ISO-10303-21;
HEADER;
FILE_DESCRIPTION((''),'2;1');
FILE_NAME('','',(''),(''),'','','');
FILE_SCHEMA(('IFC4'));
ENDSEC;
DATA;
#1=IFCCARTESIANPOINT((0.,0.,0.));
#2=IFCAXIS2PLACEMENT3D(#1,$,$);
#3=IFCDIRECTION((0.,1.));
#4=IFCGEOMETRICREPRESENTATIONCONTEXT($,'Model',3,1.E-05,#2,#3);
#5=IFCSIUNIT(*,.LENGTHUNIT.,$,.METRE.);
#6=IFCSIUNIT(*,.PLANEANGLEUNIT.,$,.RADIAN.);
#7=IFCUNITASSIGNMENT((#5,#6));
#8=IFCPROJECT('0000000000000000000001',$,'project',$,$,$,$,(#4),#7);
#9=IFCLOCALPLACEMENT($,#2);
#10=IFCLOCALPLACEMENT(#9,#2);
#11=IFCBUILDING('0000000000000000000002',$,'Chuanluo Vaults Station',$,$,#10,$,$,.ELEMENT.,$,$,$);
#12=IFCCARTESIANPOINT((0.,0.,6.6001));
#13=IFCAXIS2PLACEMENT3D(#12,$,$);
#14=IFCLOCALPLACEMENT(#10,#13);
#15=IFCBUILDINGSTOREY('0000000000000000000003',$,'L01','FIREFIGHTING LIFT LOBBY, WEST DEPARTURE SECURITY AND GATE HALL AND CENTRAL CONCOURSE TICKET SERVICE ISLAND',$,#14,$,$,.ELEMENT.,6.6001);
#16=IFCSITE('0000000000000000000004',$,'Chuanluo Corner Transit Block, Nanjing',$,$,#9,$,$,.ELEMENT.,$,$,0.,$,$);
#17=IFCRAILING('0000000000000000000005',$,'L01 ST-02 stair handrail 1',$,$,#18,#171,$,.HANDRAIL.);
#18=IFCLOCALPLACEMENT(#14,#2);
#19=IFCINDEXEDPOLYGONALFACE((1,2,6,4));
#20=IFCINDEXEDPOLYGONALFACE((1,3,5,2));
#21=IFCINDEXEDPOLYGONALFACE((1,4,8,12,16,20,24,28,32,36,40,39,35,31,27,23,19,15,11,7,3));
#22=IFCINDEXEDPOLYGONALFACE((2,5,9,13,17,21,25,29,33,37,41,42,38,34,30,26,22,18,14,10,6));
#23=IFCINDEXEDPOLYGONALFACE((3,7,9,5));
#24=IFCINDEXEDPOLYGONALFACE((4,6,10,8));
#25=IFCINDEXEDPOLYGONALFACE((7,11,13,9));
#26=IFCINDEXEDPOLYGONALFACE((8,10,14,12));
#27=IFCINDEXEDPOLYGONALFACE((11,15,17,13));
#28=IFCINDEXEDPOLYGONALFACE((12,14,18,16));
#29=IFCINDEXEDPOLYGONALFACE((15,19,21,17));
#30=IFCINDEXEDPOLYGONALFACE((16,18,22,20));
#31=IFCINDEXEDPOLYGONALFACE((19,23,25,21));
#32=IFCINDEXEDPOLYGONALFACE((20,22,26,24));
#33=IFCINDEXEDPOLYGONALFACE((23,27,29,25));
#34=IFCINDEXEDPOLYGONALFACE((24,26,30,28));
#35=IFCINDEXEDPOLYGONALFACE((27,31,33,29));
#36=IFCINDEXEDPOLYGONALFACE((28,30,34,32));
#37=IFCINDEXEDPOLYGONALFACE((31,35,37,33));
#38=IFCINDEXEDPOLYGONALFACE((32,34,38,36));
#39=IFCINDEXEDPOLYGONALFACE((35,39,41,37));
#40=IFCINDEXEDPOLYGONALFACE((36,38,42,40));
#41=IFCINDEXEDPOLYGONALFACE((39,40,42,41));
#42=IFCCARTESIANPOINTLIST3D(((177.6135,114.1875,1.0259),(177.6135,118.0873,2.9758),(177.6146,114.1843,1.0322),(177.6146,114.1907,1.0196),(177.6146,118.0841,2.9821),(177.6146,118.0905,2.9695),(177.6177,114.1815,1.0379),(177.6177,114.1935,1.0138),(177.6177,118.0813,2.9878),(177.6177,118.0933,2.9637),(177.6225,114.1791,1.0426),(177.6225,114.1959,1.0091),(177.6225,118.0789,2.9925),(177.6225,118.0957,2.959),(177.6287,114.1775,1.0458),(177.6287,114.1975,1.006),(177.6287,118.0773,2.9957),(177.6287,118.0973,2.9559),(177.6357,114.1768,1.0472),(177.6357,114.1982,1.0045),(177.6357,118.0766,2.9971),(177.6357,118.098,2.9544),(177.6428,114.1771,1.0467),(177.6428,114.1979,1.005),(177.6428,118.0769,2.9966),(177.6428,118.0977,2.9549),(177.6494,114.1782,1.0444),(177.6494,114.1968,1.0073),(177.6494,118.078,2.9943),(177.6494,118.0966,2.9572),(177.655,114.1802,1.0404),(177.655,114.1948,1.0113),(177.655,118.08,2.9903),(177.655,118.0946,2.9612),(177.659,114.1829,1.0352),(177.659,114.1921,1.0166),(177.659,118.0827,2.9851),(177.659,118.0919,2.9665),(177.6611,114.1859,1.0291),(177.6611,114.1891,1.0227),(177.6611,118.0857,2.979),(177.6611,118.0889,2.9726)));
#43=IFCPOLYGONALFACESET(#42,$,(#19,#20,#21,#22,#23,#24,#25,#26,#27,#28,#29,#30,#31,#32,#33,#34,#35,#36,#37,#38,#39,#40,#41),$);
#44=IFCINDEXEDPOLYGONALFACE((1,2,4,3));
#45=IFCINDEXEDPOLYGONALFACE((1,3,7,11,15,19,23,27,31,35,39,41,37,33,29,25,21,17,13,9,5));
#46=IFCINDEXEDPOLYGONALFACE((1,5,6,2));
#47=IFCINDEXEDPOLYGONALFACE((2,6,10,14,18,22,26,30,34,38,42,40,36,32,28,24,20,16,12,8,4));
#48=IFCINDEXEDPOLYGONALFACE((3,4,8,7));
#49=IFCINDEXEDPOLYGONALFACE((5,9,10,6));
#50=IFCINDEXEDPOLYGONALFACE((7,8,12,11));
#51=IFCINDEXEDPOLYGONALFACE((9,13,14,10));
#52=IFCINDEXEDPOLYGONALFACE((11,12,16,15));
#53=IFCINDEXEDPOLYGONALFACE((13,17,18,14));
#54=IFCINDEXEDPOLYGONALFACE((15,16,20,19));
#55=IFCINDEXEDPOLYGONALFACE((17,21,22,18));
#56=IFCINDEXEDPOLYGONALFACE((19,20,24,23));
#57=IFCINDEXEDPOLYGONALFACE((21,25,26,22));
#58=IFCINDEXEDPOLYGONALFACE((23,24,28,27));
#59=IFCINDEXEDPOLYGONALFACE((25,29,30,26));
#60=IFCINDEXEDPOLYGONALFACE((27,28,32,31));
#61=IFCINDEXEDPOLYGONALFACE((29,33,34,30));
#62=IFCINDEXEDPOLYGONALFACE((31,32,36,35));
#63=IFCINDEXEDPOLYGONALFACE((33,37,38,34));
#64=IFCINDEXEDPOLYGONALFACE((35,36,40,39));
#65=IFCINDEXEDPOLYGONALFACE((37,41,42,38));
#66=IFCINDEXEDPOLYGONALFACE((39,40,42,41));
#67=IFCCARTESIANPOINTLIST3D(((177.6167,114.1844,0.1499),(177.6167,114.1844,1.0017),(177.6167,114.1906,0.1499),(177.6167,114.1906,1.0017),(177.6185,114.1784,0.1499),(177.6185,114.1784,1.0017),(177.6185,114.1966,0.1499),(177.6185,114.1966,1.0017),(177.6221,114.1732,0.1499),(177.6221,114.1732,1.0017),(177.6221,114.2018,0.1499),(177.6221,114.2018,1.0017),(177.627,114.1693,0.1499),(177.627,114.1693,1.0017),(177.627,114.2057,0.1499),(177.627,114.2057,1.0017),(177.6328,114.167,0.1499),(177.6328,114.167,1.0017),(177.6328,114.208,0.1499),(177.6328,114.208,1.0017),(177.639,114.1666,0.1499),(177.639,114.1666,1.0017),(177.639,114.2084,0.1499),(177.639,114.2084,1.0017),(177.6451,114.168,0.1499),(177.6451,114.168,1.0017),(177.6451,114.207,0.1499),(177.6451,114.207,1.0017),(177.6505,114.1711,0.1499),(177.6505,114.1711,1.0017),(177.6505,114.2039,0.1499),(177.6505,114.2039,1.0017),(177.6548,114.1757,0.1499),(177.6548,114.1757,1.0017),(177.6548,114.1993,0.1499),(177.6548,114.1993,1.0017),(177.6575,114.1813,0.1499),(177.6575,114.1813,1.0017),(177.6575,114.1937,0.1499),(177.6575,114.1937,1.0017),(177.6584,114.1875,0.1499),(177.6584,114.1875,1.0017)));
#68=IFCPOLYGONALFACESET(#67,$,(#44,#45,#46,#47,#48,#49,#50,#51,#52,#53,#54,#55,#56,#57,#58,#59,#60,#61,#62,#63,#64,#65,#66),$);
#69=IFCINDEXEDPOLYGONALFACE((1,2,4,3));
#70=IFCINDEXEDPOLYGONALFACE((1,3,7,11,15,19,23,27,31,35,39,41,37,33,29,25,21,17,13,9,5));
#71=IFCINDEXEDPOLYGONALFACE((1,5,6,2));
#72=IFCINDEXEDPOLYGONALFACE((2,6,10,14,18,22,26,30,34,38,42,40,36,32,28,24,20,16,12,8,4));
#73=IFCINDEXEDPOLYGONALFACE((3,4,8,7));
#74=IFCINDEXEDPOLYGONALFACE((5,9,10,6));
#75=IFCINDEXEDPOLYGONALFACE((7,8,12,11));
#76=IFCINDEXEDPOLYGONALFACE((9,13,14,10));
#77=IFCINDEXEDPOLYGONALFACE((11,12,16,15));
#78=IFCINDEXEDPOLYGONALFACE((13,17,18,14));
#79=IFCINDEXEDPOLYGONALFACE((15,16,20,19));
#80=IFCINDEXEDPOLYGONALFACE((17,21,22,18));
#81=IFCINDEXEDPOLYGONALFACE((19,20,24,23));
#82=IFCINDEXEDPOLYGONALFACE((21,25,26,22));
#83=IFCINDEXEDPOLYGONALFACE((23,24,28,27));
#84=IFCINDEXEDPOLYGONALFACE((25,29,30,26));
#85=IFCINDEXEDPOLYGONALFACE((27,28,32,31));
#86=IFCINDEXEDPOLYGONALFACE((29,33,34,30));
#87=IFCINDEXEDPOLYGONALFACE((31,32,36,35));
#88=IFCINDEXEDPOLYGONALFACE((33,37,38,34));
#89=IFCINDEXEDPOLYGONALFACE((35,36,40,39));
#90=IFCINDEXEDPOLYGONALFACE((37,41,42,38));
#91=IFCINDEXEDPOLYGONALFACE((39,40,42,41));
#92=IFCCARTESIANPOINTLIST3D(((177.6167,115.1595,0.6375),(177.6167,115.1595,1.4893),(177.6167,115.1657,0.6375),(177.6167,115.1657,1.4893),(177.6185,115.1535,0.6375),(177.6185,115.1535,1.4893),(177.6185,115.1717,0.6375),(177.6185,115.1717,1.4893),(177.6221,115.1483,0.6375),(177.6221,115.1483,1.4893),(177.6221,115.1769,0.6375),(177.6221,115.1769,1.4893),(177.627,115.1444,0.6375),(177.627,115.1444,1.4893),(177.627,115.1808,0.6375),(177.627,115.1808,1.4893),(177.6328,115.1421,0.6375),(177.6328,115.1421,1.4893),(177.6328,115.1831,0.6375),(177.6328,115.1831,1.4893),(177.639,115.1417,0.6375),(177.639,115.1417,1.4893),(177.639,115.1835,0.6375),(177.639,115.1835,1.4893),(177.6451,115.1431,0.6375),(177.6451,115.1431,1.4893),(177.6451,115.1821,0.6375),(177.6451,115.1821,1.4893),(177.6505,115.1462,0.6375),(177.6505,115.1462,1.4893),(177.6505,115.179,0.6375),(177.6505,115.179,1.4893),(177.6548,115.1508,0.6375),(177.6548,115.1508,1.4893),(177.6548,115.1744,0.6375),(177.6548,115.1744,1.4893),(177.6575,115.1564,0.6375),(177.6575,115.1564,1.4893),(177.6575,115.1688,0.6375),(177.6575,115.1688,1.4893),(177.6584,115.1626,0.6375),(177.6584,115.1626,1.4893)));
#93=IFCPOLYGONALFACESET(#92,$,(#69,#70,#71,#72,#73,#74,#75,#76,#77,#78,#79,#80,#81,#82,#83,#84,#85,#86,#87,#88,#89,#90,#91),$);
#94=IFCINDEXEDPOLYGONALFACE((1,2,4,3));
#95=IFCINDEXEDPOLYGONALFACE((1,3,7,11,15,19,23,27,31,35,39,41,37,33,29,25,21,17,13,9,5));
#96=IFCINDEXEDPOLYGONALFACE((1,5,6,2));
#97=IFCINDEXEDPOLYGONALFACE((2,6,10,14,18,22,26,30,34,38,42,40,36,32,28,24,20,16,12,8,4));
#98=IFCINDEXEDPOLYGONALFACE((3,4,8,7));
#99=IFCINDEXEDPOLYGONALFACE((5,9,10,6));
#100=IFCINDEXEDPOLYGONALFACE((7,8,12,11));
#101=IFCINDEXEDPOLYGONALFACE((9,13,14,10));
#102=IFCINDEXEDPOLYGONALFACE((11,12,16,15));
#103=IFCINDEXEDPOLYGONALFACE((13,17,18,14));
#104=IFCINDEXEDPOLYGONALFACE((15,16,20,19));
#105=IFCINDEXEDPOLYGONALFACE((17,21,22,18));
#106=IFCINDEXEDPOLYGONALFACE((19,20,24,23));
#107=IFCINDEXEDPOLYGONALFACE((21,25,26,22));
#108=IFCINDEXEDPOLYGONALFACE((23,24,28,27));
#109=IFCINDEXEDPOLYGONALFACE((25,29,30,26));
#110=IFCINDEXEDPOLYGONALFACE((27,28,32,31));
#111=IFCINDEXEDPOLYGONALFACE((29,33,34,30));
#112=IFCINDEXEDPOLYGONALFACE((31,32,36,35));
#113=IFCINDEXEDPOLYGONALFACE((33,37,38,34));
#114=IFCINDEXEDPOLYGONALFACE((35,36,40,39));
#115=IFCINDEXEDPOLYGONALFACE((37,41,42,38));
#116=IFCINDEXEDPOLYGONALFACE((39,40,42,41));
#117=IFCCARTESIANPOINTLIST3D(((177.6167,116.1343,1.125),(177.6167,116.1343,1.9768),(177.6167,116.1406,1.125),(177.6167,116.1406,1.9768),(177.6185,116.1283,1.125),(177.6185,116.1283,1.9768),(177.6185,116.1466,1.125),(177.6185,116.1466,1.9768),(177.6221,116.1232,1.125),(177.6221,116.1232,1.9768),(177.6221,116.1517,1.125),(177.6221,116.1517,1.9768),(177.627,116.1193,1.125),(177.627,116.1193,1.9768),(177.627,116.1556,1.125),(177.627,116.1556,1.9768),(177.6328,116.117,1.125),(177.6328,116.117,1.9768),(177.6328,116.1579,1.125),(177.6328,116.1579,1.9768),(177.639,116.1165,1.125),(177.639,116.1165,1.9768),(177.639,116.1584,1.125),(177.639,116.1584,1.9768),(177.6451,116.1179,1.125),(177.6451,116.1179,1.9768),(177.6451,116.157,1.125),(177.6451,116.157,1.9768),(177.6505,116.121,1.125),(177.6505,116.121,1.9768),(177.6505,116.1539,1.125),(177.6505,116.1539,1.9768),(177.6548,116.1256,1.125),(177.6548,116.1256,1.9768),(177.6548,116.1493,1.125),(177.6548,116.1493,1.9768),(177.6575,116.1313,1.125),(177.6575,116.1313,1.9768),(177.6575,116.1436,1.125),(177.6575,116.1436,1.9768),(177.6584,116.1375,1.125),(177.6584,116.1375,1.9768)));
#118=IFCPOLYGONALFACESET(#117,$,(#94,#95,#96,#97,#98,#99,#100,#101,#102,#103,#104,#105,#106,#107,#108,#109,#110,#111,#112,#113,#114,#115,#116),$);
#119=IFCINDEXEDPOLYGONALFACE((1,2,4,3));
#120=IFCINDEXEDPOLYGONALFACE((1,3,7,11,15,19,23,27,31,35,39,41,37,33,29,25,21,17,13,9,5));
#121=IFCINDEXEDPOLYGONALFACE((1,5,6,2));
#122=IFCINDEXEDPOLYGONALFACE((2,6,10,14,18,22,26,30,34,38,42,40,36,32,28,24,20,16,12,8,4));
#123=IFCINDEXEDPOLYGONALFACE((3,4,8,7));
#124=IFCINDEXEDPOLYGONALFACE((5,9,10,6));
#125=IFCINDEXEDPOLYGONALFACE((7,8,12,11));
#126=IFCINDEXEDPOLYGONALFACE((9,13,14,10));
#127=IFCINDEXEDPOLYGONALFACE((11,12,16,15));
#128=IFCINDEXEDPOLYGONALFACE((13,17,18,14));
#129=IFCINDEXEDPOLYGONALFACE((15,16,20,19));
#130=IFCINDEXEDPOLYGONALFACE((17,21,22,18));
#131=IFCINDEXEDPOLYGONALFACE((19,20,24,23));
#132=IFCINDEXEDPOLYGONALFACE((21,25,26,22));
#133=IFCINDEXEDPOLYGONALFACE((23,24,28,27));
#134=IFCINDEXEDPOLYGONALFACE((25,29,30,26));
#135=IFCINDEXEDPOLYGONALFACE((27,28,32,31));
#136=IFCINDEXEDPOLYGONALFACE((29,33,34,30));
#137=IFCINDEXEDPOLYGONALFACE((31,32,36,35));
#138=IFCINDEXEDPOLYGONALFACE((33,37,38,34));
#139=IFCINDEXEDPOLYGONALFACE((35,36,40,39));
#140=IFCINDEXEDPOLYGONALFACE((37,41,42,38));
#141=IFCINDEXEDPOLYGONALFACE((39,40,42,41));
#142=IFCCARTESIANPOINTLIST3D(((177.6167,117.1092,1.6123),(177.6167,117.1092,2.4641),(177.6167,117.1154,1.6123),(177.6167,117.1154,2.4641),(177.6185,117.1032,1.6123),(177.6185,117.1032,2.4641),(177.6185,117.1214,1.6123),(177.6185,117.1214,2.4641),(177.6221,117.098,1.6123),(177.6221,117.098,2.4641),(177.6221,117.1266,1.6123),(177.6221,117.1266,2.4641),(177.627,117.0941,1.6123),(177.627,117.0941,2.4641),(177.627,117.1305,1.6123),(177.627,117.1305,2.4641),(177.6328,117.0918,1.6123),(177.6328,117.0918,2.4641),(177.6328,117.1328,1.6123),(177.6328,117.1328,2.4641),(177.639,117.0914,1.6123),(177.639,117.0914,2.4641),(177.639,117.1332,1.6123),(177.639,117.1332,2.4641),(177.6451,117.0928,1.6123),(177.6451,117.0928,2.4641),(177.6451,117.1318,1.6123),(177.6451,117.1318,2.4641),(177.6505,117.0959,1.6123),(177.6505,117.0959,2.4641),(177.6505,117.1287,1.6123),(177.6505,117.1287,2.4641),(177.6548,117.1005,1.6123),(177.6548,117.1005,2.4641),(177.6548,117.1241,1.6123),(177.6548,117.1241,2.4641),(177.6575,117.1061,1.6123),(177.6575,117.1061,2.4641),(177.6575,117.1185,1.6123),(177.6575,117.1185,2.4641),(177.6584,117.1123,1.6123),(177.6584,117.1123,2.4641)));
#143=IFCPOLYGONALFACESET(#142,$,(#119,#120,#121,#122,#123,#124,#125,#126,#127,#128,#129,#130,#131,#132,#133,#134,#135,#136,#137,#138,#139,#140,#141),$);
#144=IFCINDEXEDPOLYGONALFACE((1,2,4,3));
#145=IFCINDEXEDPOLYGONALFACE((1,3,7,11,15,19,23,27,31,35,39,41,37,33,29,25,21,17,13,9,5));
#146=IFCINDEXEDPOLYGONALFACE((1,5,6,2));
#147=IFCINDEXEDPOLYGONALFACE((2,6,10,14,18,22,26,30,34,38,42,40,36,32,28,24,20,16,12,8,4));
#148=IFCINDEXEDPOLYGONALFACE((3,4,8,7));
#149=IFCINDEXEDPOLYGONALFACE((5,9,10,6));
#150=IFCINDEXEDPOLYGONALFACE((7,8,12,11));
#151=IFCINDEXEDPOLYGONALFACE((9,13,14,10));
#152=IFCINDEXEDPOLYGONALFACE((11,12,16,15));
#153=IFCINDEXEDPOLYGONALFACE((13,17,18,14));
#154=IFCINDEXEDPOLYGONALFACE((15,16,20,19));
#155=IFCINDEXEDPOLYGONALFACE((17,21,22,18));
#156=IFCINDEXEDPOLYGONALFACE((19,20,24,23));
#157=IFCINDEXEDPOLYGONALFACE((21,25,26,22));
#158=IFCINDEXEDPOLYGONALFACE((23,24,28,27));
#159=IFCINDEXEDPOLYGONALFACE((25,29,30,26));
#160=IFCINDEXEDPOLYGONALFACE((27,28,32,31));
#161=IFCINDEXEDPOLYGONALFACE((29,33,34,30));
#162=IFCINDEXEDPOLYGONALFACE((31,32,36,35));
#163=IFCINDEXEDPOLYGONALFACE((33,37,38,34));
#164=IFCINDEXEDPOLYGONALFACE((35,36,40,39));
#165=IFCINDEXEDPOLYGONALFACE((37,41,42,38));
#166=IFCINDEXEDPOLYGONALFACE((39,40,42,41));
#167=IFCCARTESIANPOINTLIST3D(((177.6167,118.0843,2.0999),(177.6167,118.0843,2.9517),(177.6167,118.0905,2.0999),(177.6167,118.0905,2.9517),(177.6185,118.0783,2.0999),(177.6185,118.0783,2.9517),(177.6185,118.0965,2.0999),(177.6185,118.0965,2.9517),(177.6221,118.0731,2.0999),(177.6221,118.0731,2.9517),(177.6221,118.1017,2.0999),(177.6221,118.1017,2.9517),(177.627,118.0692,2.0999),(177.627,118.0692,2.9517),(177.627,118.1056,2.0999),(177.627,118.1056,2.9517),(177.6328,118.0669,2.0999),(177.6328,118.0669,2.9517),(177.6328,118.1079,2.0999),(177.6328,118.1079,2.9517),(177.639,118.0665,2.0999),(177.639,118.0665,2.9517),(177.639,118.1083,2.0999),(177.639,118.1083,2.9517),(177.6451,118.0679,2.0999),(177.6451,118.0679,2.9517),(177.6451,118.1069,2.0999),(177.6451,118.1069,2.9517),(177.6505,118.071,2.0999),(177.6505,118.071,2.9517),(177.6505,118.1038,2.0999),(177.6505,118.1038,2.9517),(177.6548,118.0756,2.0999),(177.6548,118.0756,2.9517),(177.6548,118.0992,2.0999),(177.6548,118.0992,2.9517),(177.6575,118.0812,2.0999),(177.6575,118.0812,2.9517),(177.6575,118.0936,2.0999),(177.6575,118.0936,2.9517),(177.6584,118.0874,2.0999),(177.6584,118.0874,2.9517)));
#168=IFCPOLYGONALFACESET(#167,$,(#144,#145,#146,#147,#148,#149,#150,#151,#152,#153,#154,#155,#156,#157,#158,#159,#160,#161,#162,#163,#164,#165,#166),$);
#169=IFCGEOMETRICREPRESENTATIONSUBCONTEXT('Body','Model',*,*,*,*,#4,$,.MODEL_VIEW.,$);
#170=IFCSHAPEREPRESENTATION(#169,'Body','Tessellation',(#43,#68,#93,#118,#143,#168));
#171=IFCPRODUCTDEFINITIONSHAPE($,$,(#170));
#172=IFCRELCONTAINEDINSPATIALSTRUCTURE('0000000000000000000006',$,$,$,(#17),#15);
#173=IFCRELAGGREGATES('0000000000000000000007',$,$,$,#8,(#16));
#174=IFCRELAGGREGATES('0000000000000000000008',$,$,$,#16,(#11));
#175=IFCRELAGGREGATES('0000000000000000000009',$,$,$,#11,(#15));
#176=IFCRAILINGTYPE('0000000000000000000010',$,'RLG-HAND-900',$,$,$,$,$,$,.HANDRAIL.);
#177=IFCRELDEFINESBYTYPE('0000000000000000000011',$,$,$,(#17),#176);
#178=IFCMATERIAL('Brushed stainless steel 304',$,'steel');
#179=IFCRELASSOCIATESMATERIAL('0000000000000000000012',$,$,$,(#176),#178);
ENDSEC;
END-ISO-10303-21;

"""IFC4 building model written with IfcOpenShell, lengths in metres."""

from ifc_helpers import new_model, si_unit, direction, frame, origin, origin_2d, place, context, subcontext, project, spatial, circle, extrude, material, type_object, element, save


model = new_model("IFC4")

# Units and contexts
model_context = context("Model", 3, precision=1e-05, world=origin(), true_north=direction((0.0, 1.0)))
body_context = subcontext(model_context, "Body", "Model", "MODEL_VIEW")
ifc_project = project(units=[si_unit("LENGTHUNIT", "METRE"), si_unit("PLANEANGLEUNIT", "RADIAN")], contexts=[model_context])

# Site, building, storey
site_placement = place(None, origin())
site = spatial("IfcSite", under=ifc_project, at=site_placement, Name="Chuanluo Corner Transit Block, Nanjing", CompositionType="ELEMENT", RefElevation=0.0)
building_placement = place(site_placement, origin())
building = spatial("IfcBuilding", under=site, at=building_placement, Name="Chuanluo Vaults Station", CompositionType="ELEMENT")
storey_placement = place(building_placement, frame((0.0, 0.0, 6.6001)))
storey = spatial("IfcBuildingStorey", under=building, at=storey_placement, Name="L01", Description="FIREFIGHTING LIFT LOBBY, WEST DEPARTURE SECURITY AND GATE HALL AND CENTRAL CONCOURSE TICKET SERVICE ISLAND", CompositionType="ELEMENT", Elevation=6.6001)

# Railing
ifc_material_1 = material(Name="Brushed stainless steel 304", Category="steel")
railing_type = type_object("IfcRailingType", Name="RLG-HAND-900", PredefinedType="HANDRAIL", material=ifc_material_1)
railing_placement = place(storey_placement, frame((177.6375, 114.1875, 0.1499)))
element("IfcRailing", 1, at=railing_placement, inside=storey, type_object=railing_type, Name="L01 ST-02 stair handrail 1", PredefinedType="HANDRAIL", context=body_context, shape_type="SweptSolid", body=[
    extrude(circle(Radius=0.0239, at=origin_2d()), frame((0.0, 0.0, 0.876), z_axis=(0.0, 0.894427, 0.447214), x_axis=(-1.0, 0.0, 0.0)), (0.0, 0.0, 1.0), 4.3601),
    extrude(circle(Radius=0.021, at=origin_2d()), origin(), (0.0, 0.0, 1.0), 0.8518),
    extrude(circle(Radius=0.021, at=origin_2d()), frame((0.0, 0.9751, 0.4875)), (0.0, 0.0, 1.0), 0.8518),
    extrude(circle(Radius=0.021, at=origin_2d()), frame((0.0, 1.95, 0.9751)), (0.0, 0.0, 1.0), 0.8518),
    extrude(circle(Radius=0.021, at=origin_2d()), frame((0.0, 2.9248, 1.4624)), (0.0, 0.0, 1.0), 0.8518),
    extrude(circle(Radius=0.021, at=origin_2d()), frame((0.0, 3.8999, 1.95)), (0.0, 0.0, 1.0), 0.8518),
])

save(model, "model.ifc")
